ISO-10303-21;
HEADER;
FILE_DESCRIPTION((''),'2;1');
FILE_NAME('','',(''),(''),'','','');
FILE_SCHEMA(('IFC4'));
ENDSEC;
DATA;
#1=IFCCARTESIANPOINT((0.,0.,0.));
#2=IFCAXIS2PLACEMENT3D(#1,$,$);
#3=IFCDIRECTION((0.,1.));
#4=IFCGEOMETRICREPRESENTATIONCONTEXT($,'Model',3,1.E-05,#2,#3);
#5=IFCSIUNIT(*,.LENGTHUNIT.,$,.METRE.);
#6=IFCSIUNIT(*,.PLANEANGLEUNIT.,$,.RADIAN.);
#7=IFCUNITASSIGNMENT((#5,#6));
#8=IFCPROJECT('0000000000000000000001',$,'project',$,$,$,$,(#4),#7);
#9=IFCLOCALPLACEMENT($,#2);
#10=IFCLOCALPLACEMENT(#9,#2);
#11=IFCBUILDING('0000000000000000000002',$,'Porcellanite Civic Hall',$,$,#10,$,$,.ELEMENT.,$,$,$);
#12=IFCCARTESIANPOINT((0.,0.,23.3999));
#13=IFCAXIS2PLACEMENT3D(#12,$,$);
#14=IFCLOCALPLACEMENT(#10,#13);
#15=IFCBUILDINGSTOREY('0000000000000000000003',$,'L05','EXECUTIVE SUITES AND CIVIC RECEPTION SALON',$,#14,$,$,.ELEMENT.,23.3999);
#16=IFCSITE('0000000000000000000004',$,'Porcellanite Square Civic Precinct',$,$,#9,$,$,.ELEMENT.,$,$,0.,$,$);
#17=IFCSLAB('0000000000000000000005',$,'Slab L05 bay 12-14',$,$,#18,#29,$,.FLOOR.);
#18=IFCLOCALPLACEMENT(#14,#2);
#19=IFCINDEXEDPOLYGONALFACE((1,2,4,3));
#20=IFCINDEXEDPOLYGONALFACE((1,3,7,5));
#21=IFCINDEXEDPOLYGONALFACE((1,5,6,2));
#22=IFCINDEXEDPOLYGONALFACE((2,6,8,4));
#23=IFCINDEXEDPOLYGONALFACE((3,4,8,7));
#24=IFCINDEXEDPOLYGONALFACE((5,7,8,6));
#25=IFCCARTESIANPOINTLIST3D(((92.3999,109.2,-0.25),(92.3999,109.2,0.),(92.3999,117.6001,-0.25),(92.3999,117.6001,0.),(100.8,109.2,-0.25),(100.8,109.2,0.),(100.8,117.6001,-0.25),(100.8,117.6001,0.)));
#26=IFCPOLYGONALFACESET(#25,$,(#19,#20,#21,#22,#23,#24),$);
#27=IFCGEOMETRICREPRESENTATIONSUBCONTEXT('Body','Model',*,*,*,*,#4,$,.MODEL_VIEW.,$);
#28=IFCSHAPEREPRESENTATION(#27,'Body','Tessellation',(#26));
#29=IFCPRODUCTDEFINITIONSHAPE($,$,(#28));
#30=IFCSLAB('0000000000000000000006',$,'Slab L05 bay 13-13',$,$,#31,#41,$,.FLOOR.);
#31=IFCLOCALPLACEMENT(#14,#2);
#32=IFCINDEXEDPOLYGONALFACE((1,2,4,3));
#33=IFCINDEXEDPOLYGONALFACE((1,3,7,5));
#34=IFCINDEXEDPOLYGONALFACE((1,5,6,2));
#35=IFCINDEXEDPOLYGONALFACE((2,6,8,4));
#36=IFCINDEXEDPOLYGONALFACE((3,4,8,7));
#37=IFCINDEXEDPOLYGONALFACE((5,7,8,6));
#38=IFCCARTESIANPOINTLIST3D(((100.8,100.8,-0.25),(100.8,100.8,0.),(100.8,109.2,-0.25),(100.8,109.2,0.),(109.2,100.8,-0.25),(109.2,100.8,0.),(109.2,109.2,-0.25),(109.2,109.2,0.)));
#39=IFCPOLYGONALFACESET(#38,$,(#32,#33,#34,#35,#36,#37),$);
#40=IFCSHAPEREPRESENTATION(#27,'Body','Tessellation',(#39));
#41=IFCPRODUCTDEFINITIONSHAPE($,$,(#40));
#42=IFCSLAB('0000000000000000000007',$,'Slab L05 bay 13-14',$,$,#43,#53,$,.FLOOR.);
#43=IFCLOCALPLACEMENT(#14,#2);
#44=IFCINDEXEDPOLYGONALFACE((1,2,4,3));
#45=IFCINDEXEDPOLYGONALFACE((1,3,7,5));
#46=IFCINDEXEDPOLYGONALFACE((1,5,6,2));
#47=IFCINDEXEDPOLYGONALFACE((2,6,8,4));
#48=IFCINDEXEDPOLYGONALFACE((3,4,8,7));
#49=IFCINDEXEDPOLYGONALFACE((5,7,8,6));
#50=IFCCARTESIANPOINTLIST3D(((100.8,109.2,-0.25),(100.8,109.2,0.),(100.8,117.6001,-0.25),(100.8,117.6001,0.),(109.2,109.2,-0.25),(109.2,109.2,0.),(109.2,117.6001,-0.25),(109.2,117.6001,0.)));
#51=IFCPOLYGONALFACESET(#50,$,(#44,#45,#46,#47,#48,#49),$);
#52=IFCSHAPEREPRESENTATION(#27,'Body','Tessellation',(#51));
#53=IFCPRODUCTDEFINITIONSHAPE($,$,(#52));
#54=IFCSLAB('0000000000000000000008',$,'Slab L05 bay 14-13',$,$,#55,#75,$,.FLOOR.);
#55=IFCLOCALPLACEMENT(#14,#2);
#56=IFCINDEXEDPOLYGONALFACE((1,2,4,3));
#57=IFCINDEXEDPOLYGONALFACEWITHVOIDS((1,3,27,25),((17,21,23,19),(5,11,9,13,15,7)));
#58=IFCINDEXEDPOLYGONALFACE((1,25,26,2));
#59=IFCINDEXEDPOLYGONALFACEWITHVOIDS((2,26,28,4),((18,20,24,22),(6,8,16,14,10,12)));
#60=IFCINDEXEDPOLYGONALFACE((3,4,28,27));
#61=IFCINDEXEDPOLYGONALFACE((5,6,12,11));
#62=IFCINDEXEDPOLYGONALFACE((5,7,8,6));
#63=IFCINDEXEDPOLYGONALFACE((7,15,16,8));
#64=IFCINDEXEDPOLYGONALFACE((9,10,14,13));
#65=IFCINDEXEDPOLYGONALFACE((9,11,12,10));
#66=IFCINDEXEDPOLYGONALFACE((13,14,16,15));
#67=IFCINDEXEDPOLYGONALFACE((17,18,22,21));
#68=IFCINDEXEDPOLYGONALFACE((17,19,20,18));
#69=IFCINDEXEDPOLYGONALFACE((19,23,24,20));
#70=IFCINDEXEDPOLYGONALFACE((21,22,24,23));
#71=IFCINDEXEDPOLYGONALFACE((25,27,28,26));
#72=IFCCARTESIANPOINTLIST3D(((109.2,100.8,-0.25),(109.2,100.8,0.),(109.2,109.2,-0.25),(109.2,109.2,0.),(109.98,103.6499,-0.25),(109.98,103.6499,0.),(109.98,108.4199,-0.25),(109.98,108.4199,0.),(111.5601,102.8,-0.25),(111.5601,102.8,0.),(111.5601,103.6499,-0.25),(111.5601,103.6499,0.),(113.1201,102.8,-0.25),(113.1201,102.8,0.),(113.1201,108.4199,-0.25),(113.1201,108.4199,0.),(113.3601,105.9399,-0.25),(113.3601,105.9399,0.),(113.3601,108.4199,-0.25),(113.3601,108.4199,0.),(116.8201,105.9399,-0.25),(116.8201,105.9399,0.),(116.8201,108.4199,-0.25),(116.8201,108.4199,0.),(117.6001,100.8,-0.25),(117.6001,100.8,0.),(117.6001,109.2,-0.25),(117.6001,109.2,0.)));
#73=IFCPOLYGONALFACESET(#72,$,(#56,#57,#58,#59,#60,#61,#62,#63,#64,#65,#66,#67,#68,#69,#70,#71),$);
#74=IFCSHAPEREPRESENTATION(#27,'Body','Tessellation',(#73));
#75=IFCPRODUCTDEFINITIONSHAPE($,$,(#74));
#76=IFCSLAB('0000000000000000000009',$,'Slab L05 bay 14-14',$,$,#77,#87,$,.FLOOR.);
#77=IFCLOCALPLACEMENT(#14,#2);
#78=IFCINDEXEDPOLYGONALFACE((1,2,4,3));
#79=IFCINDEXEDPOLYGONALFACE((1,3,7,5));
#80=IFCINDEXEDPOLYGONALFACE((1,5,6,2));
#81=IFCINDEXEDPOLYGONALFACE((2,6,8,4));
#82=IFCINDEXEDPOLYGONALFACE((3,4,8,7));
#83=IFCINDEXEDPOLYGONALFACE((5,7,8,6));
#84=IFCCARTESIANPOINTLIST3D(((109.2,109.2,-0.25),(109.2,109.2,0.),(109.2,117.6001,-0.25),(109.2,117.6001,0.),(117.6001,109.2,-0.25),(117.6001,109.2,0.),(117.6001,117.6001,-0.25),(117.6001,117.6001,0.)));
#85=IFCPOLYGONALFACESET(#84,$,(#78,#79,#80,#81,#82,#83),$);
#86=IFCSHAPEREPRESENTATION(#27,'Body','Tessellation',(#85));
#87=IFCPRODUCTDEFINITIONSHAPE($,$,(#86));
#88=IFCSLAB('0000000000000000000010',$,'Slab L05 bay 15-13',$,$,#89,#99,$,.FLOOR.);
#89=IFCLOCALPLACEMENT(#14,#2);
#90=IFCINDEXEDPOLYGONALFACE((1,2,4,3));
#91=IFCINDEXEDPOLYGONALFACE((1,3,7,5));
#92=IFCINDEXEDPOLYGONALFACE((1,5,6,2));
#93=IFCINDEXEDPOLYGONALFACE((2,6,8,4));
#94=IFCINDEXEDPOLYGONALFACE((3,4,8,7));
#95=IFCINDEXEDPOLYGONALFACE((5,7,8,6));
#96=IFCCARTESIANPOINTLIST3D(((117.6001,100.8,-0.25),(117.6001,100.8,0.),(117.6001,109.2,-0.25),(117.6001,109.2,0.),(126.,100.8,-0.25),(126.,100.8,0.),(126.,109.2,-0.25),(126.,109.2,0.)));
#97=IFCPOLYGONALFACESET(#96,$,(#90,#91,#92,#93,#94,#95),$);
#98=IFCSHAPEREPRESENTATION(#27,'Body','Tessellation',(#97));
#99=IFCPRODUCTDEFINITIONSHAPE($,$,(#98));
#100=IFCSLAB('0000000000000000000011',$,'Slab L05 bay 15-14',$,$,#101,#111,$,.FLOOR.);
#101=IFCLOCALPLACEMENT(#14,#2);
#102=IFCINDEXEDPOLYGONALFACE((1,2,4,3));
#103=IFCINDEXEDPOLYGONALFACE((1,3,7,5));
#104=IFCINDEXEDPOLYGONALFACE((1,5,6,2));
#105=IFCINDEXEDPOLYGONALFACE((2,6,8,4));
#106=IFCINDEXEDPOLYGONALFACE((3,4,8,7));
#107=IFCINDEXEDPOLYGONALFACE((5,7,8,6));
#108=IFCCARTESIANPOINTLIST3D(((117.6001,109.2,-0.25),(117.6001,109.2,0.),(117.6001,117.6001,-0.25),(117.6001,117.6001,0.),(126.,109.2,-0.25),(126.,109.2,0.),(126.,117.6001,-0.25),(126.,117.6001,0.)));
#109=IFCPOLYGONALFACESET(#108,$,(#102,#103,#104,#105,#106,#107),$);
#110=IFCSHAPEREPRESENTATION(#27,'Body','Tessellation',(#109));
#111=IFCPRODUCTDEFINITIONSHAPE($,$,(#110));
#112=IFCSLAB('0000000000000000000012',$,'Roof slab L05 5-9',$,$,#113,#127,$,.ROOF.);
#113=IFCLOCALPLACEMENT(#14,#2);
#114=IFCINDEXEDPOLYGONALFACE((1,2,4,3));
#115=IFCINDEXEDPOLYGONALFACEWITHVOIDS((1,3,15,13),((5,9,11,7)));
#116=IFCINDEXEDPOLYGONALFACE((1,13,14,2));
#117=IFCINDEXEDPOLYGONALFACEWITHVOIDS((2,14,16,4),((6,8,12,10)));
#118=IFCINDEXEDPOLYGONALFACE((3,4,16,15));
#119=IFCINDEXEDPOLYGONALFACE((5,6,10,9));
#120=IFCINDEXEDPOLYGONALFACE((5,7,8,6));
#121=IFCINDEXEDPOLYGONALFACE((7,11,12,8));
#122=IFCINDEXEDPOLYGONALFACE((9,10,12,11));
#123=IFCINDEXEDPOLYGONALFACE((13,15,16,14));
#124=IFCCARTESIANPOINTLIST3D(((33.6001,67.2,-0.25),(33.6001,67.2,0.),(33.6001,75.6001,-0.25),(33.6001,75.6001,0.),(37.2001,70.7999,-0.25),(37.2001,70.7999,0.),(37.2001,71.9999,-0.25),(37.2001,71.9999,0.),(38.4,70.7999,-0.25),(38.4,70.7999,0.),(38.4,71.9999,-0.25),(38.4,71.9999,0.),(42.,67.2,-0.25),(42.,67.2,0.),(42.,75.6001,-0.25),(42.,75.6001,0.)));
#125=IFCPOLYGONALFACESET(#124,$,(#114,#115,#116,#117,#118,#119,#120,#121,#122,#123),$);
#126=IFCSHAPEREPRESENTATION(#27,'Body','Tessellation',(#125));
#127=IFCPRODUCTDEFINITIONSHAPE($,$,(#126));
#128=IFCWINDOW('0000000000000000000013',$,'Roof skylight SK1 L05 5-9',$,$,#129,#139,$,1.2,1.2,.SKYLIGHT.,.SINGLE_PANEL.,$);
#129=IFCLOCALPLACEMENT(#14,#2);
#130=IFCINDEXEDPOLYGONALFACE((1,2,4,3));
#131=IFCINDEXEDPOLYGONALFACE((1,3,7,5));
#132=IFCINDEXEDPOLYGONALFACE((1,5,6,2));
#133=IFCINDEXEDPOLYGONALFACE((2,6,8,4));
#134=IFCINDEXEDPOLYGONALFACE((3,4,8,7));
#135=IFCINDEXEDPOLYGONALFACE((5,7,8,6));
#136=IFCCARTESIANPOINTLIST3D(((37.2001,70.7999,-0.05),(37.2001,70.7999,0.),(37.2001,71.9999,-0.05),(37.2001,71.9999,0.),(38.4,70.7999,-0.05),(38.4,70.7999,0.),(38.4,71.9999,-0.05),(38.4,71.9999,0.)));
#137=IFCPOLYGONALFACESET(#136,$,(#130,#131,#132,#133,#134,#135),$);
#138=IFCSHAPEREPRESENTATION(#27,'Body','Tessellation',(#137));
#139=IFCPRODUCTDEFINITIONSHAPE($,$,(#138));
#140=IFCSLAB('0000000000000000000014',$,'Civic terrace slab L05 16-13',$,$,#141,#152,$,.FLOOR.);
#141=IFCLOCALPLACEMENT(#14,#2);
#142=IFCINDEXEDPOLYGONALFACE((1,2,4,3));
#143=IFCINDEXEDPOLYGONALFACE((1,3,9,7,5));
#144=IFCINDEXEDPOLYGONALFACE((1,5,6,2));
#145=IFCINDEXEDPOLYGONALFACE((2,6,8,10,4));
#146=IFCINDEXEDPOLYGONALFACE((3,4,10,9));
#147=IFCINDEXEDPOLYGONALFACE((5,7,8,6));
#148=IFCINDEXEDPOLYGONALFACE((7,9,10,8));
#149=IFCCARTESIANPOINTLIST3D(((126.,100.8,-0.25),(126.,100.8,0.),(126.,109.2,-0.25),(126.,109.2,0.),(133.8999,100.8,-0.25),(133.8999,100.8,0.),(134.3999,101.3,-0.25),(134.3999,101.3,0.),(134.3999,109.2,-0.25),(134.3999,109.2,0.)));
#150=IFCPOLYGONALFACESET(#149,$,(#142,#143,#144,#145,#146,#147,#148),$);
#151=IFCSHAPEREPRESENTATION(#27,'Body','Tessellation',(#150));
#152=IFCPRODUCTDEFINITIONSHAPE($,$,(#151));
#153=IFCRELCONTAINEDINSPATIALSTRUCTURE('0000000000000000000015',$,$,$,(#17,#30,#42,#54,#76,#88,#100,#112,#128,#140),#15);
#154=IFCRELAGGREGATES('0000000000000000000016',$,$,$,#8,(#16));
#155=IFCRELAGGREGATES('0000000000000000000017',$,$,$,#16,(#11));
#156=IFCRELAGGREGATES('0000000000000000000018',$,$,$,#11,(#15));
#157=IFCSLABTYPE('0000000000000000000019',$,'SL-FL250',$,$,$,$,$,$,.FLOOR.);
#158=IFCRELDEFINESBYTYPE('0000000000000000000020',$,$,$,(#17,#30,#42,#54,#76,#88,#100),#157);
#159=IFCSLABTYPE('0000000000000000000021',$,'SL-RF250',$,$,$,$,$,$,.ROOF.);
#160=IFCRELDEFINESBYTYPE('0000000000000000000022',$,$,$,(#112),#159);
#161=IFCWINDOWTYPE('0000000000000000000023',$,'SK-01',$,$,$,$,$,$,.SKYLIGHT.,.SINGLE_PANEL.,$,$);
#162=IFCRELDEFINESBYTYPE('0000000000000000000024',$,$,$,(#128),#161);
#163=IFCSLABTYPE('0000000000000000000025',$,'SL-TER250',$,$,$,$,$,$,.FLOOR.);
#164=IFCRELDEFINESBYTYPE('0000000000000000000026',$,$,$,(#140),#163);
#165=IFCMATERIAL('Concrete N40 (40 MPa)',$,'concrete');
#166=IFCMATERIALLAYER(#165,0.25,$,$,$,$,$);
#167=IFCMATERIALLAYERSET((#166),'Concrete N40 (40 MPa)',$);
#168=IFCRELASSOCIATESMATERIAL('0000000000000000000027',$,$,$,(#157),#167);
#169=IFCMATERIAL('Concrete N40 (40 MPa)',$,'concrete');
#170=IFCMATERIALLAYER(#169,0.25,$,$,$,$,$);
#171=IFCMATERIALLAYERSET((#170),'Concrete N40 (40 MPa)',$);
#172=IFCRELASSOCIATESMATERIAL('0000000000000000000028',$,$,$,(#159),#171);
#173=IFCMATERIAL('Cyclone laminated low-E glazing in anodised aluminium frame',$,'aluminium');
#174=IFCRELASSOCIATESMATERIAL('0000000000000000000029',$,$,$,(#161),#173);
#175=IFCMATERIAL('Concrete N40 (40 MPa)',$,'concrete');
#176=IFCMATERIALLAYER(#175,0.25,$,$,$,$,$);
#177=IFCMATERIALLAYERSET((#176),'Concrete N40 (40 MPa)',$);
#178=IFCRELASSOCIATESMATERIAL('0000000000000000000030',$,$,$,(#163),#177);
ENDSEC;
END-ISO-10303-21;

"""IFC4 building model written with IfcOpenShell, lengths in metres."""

from ifc_helpers import new_model, si_unit, direction, frame, origin, origin_2d, place, context, subcontext, project, spatial, polyline, rectangle, outline, extrude, material, layer, layer_set, type_object, element, fill, save


model = new_model("IFC4")

# Units and contexts
model_context = context("Model", 3, precision=1e-05, world=origin(), true_north=direction((0.0, 1.0)))
body_context = subcontext(model_context, "Body", "Model", "MODEL_VIEW")
ifc_project = project(units=[si_unit("LENGTHUNIT", "METRE"), si_unit("PLANEANGLEUNIT", "RADIAN")], contexts=[model_context])

# Site, building, storey
site_placement = place(None, origin())
site = spatial("IfcSite", under=ifc_project, at=site_placement, Name="Porcellanite Square Civic Precinct", CompositionType="ELEMENT", RefElevation=0.0)
building_placement = place(site_placement, origin())
building = spatial("IfcBuilding", under=site, at=building_placement, Name="Porcellanite Civic Hall", CompositionType="ELEMENT")
storey_placement = place(building_placement, frame((0.0, 0.0, 23.3999)))
storey = spatial("IfcBuildingStorey", under=building, at=storey_placement, Name="L05", Description="EXECUTIVE SUITES AND CIVIC RECEPTION SALON", CompositionType="ELEMENT", Elevation=23.3999)

# Slabs
ifc_material_1 = material(Name="Concrete N40 (40 MPa)", Category="concrete")
ifc_layer_1 = layer(ifc_material_1, 0.25)
ifc_layer_set_1 = layer_set([ifc_layer_1], Name="Concrete N40 (40 MPa)")
slab_type_1 = type_object("IfcSlabType", Name="SL-FL250", PredefinedType="FLOOR", material=ifc_layer_set_1)
slab_1_placement = place(storey_placement, frame((0.0, 0.0, -0.25)))
element("IfcSlab", 1, at=slab_1_placement, inside=storey, type_object=slab_type_1, Name="Slab L05 bay 12-14", PredefinedType="FLOOR", context=body_context, shape_type="SweptSolid", body=[
    extrude(outline(polyline([(92.3999, 109.2), (100.8, 109.2), (100.8, 117.6001), (92.3999, 117.6001), (92.3999, 109.2)])), origin(), (0.0, 0.0, 1.0), 0.25),
])
slab_2_placement = place(storey_placement, frame((0.0, 0.0, -0.25)))
element("IfcSlab", 2, at=slab_2_placement, inside=storey, type_object=slab_type_1, Name="Slab L05 bay 13-13", PredefinedType="FLOOR", context=body_context, shape_type="SweptSolid", body=[
    extrude(outline(polyline([(100.8, 100.8), (109.2, 100.8), (109.2, 109.2), (100.8, 109.2), (100.8, 100.8)])), origin(), (0.0, 0.0, 1.0), 0.25),
])
slab_3_placement = place(storey_placement, frame((0.0, 0.0, -0.25)))
element("IfcSlab", 3, at=slab_3_placement, inside=storey, type_object=slab_type_1, Name="Slab L05 bay 13-14", PredefinedType="FLOOR", context=body_context, shape_type="SweptSolid", body=[
    extrude(outline(polyline([(100.8, 109.2), (109.2, 109.2), (109.2, 117.6001), (100.8, 117.6001), (100.8, 109.2)])), origin(), (0.0, 0.0, 1.0), 0.25),
])
slab_4_placement = place(storey_placement, frame((0.0, 0.0, -0.25)))
element("IfcSlab", 4, at=slab_4_placement, inside=storey, type_object=slab_type_1, Name="Slab L05 bay 14-13", PredefinedType="FLOOR", context=body_context, shape_type="SweptSolid", body=[
    extrude(outline(polyline([(109.2, 100.8), (117.6001, 100.8), (117.6001, 109.2), (109.2, 109.2), (109.2, 100.8)]), holes=[polyline([(109.98, 103.6499), (111.5601, 103.6499), (111.5601, 102.8), (113.1201, 102.8), (113.1201, 108.4199), (109.98, 108.4199), (109.98, 103.6499)]), polyline([(113.3601, 105.9399), (116.8201, 105.9399), (116.8201, 108.4199), (113.3601, 108.4199), (113.3601, 105.9399)])]), origin(), (0.0, 0.0, 1.0), 0.25),
])
slab_5_placement = place(storey_placement, frame((0.0, 0.0, -0.25)))
element("IfcSlab", 5, at=slab_5_placement, inside=storey, type_object=slab_type_1, Name="Slab L05 bay 14-14", PredefinedType="FLOOR", context=body_context, shape_type="SweptSolid", body=[
    extrude(outline(polyline([(109.2, 109.2), (117.6001, 109.2), (117.6001, 117.6001), (109.2, 117.6001), (109.2, 109.2)])), origin(), (0.0, 0.0, 1.0), 0.25),
])
slab_6_placement = place(storey_placement, frame((0.0, 0.0, -0.25)))
element("IfcSlab", 6, at=slab_6_placement, inside=storey, type_object=slab_type_1, Name="Slab L05 bay 15-13", PredefinedType="FLOOR", context=body_context, shape_type="SweptSolid", body=[
    extrude(outline(polyline([(117.6001, 100.8), (126.0, 100.8), (126.0, 109.2), (117.6001, 109.2), (117.6001, 100.8)])), origin(), (0.0, 0.0, 1.0), 0.25),
])
slab_7_placement = place(storey_placement, frame((0.0, 0.0, -0.25)))
element("IfcSlab", 7, at=slab_7_placement, inside=storey, type_object=slab_type_1, Name="Slab L05 bay 15-14", PredefinedType="FLOOR", context=body_context, shape_type="SweptSolid", body=[
    extrude(outline(polyline([(117.6001, 109.2), (126.0, 109.2), (126.0, 117.6001), (117.6001, 117.6001), (117.6001, 109.2)])), origin(), (0.0, 0.0, 1.0), 0.25),
])

# Slab, opening, window
ifc_material_2 = material(Name="Concrete N40 (40 MPa)", Category="concrete")
ifc_layer_2 = layer(ifc_material_2, 0.25)
ifc_layer_set_2 = layer_set([ifc_layer_2], Name="Concrete N40 (40 MPa)")
slab_type_2 = type_object("IfcSlabType", Name="SL-RF250", PredefinedType="ROOF", material=ifc_layer_set_2)
slab_8_placement = place(storey_placement, frame((0.0, 0.0, -0.25)))
slab_8 = element("IfcSlab", 8, at=slab_8_placement, inside=storey, type_object=slab_type_2, Name="Roof slab L05 5-9", PredefinedType="ROOF", context=body_context, shape_type="SweptSolid", body=[
    extrude(outline(polyline([(33.6001, 67.2), (42.0, 67.2), (42.0, 75.6001), (33.6001, 75.6001), (33.6001, 67.2)])), origin(), (0.0, 0.0, 1.0), 0.25),
])
opening_placement = place(slab_8_placement, frame((37.8, 71.3999, 0.0)))
opening = element("IfcOpeningElement", 9, at=opening_placement, cuts=slab_8, PredefinedType="OPENING", context=body_context, shape_type="SweptSolid", body=[
    extrude(rectangle(XDim=1.2, YDim=1.2, at=origin_2d()), origin(), (0.0, 0.0, 1.0), 0.25),
])
ifc_material_3 = material(Name="Cyclone laminated low-E glazing in anodised aluminium frame", Category="aluminium")
window_type = type_object("IfcWindowType", Name="SK-01", PartitioningType="SINGLE_PANEL", PredefinedType="SKYLIGHT", material=ifc_material_3)
window_placement = place(opening_placement, frame((0.0, 0.0, 0.2)))
window = element("IfcWindow", 10, at=window_placement, inside=storey, type_object=window_type, Name="Roof skylight SK1 L05 5-9", OverallHeight=1.2, OverallWidth=1.2, PartitioningType="SINGLE_PANEL", PredefinedType="SKYLIGHT", context=body_context, shape_type="SweptSolid", body=[
    extrude(rectangle(XDim=1.2, YDim=1.2, at=origin_2d()), origin(), (0.0, 0.0, 1.0), 0.05),
])
fill(opening, window)

# Slab
ifc_material_4 = material(Name="Concrete N40 (40 MPa)", Category="concrete")
ifc_layer_3 = layer(ifc_material_4, 0.25)
ifc_layer_set_3 = layer_set([ifc_layer_3], Name="Concrete N40 (40 MPa)")
slab_type_3 = type_object("IfcSlabType", Name="SL-TER250", PredefinedType="FLOOR", material=ifc_layer_set_3)
slab_9_placement = place(storey_placement, frame((0.0, 0.0, -0.25)))
element("IfcSlab", 11, at=slab_9_placement, inside=storey, type_object=slab_type_3, Name="Civic terrace slab L05 16-13", PredefinedType="FLOOR", context=body_context, shape_type="SweptSolid", body=[
    extrude(outline(polyline([(126.0, 100.8), (133.8999, 100.8), (134.3999, 101.3), (134.3999, 109.2), (126.0, 109.2), (126.0, 100.8)])), origin(), (0.0, 0.0, 1.0), 0.25),
])

save(model, "model.ifc")
